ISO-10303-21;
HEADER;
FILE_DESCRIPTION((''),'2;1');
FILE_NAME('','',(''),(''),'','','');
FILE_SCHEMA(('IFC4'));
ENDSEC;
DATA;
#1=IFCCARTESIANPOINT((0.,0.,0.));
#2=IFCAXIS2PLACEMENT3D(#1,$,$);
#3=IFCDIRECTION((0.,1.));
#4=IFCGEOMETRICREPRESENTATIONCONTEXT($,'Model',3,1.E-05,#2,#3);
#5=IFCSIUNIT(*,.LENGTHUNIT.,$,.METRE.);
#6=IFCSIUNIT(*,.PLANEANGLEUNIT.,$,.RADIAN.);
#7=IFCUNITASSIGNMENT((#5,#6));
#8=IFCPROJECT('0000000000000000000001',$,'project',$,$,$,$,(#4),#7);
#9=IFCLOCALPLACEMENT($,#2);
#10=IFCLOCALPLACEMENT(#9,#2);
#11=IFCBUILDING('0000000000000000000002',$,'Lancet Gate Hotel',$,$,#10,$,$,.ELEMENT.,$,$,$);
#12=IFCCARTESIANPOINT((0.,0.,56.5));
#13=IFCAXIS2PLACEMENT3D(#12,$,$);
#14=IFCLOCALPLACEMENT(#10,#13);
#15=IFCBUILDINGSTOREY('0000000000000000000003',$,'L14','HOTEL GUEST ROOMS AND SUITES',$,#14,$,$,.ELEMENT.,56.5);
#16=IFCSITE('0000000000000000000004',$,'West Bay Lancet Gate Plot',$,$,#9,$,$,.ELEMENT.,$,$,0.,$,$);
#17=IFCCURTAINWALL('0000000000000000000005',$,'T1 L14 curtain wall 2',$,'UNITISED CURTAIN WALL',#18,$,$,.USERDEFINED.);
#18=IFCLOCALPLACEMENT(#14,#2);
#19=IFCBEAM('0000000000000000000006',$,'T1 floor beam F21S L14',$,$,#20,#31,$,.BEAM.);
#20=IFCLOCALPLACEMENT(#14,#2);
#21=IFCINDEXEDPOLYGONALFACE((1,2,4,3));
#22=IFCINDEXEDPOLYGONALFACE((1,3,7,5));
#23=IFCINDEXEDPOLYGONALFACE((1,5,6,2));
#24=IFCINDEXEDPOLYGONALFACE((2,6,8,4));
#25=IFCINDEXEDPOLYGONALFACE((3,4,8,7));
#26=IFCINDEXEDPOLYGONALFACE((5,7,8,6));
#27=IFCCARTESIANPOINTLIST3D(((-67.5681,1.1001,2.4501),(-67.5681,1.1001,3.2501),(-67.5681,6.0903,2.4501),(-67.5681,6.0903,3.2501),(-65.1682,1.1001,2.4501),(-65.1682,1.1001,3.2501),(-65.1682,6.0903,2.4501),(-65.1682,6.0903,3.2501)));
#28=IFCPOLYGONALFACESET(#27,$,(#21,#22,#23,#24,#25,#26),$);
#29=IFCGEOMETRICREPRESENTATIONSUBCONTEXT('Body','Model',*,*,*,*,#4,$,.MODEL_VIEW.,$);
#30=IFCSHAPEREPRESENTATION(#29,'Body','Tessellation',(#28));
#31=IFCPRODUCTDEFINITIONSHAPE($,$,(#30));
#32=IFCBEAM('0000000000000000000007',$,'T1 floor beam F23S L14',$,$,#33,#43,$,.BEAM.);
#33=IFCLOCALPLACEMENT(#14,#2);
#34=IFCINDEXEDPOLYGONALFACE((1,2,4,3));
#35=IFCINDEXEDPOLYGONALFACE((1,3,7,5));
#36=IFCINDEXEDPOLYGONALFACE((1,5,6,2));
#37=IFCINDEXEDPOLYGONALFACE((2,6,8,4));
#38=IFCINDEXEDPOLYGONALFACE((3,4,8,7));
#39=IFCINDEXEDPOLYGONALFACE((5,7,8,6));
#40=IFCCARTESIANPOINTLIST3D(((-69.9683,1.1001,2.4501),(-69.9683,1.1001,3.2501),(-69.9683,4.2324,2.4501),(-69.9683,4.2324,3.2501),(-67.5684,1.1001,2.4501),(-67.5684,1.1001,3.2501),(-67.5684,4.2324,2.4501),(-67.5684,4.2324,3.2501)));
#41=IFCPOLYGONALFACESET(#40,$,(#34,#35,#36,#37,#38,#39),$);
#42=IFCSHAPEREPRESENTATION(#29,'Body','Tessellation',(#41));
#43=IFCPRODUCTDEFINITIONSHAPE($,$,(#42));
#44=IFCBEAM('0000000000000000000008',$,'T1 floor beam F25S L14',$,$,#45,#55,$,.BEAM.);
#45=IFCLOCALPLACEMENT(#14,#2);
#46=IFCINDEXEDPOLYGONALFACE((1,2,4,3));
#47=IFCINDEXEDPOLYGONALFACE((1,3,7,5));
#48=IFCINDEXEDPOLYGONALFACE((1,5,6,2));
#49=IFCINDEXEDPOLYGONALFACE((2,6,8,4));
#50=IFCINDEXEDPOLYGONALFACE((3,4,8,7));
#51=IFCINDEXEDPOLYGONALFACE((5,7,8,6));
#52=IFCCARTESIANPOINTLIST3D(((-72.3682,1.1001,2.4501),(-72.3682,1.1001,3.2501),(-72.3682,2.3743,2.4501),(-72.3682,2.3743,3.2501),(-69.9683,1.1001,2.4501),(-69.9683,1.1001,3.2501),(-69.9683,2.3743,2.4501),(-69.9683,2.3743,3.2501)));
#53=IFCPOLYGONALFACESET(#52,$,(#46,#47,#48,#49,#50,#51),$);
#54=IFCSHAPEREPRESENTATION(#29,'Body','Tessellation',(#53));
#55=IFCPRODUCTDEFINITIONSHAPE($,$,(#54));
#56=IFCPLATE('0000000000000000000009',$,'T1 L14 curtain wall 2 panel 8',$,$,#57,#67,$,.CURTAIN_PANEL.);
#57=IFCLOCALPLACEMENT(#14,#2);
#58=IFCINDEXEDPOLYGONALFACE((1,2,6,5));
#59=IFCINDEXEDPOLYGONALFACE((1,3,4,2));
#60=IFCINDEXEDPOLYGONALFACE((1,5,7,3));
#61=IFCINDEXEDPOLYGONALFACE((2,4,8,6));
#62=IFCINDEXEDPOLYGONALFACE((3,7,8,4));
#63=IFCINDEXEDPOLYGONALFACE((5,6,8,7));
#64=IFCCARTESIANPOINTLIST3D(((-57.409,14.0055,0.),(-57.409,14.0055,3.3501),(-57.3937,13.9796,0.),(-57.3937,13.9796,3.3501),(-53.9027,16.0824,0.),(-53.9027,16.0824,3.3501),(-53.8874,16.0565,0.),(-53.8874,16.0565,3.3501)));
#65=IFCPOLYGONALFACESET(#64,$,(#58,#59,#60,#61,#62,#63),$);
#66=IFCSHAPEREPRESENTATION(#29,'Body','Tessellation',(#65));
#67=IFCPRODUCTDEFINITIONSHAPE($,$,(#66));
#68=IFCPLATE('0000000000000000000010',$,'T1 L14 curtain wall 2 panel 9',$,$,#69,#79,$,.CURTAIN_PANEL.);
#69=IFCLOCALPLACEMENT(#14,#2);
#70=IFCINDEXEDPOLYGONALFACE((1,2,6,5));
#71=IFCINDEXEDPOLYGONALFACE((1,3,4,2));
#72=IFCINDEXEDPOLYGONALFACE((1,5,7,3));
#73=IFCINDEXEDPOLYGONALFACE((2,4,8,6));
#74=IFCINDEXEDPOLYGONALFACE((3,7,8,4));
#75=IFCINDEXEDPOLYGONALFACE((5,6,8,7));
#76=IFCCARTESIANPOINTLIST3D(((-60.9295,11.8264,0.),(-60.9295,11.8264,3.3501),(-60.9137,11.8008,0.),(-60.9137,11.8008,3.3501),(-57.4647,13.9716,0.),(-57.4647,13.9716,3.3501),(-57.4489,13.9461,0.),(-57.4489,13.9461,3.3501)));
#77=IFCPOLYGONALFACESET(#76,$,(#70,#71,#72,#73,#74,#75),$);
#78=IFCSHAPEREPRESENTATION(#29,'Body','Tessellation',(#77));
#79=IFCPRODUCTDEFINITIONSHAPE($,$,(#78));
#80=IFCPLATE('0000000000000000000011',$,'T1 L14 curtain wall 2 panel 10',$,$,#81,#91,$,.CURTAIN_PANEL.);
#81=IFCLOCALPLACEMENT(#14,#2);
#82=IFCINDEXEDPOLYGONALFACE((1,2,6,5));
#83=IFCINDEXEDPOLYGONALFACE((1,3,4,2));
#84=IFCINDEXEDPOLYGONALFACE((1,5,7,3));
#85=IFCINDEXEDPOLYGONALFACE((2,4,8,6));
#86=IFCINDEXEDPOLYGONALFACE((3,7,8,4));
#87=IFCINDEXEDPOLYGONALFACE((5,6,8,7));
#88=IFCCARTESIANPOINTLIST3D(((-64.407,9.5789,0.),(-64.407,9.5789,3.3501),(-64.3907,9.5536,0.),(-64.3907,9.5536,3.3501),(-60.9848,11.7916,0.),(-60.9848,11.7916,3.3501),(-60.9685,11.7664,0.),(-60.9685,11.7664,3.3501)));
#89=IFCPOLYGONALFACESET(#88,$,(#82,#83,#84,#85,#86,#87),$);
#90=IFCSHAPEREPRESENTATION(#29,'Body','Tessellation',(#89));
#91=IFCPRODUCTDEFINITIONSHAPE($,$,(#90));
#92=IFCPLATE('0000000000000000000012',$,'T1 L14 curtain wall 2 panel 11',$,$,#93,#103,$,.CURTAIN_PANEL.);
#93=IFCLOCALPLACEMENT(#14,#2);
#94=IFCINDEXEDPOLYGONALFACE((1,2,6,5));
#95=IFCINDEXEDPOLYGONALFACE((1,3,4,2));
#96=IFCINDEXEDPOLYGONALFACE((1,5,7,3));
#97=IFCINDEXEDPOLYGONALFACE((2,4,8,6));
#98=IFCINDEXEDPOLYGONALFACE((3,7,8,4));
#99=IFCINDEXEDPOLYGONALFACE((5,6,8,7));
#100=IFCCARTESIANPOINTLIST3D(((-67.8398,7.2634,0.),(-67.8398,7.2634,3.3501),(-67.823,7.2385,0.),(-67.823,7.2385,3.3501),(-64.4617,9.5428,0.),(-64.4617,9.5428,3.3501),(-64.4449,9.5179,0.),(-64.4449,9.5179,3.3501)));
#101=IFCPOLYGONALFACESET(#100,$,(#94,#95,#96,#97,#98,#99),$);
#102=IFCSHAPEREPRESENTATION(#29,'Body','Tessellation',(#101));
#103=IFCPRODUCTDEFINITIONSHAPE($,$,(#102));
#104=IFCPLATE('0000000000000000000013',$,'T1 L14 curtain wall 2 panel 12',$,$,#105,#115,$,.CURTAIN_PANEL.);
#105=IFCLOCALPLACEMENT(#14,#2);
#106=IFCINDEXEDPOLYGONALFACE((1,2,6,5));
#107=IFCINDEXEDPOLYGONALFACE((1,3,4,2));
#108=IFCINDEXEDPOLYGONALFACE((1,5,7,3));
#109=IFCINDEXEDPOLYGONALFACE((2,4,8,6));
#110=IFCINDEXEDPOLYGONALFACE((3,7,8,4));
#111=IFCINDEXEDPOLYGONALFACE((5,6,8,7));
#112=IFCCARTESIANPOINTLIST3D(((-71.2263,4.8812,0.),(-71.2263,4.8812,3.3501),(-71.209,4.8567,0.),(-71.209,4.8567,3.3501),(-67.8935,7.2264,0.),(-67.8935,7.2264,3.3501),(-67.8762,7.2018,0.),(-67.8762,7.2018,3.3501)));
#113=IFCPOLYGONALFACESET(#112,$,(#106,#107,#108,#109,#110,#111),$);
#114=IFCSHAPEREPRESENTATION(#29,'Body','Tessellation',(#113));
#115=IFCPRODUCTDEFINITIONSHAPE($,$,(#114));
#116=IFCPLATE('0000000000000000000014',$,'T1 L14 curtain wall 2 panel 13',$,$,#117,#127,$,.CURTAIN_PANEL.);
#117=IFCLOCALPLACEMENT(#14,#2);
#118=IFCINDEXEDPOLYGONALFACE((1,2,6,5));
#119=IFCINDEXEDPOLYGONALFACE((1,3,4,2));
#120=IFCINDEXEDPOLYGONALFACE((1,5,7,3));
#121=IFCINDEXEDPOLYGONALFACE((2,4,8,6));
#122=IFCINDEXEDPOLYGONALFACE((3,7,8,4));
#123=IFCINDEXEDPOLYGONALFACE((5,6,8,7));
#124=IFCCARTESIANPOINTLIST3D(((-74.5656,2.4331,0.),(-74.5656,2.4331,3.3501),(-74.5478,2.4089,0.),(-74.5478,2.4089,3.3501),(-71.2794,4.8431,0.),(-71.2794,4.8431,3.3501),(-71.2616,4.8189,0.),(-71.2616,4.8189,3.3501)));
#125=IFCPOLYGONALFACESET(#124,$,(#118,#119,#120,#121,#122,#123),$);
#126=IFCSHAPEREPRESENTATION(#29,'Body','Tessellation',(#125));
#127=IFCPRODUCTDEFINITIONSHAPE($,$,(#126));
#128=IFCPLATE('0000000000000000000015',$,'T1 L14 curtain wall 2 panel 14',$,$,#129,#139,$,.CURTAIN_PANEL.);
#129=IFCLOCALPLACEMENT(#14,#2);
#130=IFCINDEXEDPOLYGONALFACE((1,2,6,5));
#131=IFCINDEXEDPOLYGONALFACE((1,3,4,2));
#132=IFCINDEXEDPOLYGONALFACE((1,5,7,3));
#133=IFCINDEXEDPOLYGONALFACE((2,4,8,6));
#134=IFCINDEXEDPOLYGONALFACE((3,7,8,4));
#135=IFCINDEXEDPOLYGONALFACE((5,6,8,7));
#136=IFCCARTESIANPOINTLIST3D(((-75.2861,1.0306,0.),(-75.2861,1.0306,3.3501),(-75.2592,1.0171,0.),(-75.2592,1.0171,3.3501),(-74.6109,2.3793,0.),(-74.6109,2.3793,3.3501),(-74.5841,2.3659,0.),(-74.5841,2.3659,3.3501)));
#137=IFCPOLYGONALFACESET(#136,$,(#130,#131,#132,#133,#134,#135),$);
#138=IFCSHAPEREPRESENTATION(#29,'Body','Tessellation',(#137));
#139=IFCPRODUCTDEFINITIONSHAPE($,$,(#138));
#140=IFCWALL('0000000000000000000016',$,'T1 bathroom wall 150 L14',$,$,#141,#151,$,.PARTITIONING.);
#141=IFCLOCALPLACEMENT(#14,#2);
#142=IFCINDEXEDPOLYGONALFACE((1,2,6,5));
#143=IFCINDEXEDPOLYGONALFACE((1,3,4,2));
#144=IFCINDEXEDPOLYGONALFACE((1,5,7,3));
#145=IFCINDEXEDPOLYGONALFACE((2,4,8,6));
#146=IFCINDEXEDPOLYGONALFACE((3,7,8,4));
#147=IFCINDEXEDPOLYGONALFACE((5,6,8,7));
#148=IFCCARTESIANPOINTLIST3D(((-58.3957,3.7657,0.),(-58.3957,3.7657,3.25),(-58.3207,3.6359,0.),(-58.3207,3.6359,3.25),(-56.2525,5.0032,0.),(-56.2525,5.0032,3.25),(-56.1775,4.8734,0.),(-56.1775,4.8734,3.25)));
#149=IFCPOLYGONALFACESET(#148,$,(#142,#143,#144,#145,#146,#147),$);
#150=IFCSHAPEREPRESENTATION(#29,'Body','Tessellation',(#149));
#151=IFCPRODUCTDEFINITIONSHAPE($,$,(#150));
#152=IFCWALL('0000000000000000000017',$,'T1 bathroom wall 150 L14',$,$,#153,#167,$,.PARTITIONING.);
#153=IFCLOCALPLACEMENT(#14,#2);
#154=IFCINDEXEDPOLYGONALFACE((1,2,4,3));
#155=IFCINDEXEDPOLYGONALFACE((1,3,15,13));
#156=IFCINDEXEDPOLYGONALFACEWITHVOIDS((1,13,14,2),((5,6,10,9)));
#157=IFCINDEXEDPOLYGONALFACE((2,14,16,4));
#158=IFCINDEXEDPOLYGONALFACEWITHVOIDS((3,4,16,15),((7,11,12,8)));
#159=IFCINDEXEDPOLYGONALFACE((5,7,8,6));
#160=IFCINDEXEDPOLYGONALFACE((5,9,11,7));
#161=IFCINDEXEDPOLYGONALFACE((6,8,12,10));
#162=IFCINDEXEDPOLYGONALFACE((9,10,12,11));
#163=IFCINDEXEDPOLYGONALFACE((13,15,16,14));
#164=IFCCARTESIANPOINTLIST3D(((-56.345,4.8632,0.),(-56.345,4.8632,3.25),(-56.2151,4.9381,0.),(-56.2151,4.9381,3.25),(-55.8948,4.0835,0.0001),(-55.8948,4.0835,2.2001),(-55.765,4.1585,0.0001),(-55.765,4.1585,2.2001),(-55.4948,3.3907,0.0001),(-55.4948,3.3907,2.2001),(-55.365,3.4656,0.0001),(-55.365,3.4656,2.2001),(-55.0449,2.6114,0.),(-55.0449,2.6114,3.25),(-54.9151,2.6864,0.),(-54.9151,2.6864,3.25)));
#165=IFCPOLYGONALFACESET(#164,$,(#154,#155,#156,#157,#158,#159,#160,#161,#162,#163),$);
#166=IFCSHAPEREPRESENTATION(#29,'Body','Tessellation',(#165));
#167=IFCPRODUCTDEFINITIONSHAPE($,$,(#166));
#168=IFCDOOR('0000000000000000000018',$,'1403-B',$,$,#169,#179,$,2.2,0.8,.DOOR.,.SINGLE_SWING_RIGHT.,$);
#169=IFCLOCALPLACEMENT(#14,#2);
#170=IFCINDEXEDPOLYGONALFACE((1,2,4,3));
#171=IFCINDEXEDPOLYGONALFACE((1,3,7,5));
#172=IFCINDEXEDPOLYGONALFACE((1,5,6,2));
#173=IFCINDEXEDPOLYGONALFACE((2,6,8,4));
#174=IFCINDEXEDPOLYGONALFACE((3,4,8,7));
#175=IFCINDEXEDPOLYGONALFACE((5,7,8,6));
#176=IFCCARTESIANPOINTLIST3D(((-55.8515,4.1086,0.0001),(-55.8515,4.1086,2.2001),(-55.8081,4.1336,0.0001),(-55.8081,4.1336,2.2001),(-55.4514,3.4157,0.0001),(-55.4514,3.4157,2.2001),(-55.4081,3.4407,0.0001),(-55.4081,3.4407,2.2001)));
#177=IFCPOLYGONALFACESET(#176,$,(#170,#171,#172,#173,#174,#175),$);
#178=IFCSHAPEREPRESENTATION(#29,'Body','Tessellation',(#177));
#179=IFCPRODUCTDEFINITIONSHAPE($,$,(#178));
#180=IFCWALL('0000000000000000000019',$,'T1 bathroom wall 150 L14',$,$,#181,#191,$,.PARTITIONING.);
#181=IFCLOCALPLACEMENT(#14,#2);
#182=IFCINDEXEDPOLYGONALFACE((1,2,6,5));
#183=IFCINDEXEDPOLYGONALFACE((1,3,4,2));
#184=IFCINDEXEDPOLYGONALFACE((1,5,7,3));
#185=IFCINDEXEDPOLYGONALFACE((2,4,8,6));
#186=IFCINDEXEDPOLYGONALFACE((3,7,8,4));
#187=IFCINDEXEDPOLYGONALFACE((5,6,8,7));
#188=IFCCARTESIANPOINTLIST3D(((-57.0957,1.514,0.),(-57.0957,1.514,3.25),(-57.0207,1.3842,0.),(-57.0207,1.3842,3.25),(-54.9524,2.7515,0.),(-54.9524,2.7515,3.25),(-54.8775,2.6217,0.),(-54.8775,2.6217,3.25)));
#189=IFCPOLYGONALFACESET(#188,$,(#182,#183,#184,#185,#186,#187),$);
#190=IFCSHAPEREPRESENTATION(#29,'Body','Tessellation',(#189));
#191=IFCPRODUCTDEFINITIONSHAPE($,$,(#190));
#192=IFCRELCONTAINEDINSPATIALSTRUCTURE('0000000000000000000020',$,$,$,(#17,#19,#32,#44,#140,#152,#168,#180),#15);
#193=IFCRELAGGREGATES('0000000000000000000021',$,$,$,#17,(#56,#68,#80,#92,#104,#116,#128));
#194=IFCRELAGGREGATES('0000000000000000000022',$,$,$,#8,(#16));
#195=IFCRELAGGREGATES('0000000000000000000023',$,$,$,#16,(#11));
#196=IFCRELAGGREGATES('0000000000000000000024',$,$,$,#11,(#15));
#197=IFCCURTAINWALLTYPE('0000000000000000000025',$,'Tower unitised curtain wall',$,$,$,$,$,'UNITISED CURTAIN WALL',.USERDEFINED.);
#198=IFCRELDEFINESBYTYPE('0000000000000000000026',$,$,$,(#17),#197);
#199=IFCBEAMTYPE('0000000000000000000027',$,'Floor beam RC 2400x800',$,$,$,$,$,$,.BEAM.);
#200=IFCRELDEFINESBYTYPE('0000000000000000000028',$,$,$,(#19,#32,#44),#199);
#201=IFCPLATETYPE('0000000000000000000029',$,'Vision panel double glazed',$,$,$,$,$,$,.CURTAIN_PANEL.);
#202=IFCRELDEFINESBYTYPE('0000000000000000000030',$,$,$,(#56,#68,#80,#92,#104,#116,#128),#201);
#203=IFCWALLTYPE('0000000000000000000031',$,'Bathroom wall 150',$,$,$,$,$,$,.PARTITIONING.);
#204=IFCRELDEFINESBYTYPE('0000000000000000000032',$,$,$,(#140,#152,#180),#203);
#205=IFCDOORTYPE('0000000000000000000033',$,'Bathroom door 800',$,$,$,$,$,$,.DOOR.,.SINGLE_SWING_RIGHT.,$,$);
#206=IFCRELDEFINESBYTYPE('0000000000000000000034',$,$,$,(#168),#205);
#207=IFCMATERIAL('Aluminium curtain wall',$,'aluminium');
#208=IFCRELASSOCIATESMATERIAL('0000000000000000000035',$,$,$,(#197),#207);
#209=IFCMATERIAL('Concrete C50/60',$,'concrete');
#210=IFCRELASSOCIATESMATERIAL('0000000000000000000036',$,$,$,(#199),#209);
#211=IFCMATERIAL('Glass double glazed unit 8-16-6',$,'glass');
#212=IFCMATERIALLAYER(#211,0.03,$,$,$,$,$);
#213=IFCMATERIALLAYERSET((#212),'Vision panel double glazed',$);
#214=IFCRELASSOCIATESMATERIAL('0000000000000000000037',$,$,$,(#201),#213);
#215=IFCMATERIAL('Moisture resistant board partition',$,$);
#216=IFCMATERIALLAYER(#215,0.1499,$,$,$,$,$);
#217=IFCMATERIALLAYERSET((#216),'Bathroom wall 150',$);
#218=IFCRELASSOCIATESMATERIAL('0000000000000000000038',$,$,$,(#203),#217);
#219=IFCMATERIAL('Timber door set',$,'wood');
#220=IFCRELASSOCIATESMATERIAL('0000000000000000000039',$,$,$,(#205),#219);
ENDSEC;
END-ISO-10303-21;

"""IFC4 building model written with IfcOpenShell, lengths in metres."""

from ifc_helpers import new_model, si_unit, direction, frame, frame_2d, origin, origin_2d, place, context, subcontext, project, spatial, rectangle, extrude, material, layer, layer_set, material_profile, profile_set, type_object, element, fill, aggregate, save


model = new_model("IFC4")

# Units and contexts
model_context = context("Model", 3, precision=1e-05, world=origin(), true_north=direction((0.0, 1.0)))
body_context = subcontext(model_context, "Body", "Model", "MODEL_VIEW")
ifc_project = project(units=[si_unit("LENGTHUNIT", "METRE"), si_unit("PLANEANGLEUNIT", "RADIAN")], contexts=[model_context])

# Site, building, storey
site_placement = place(None, origin())
site = spatial("IfcSite", under=ifc_project, at=site_placement, Name="West Bay Lancet Gate Plot", CompositionType="ELEMENT", RefElevation=0.0)
building_placement = place(site_placement, origin())
building = spatial("IfcBuilding", under=site, at=building_placement, Name="Lancet Gate Hotel", CompositionType="ELEMENT")
storey_placement = place(building_placement, frame((0.0, 0.0, 56.5)))
storey = spatial("IfcBuildingStorey", under=building, at=storey_placement, Name="L14", Description="HOTEL GUEST ROOMS AND SUITES", CompositionType="ELEMENT", Elevation=56.5)

# Curtain wall
ifc_material_1 = material(Name="Aluminium curtain wall", Category="aluminium")
curtain_wall_type = type_object("IfcCurtainWallType", Name="Tower unitised curtain wall", ElementType="UNITISED CURTAIN WALL", PredefinedType="USERDEFINED", material=ifc_material_1)
curtain_wall_placement = place(storey_placement, origin())
curtain_wall = element("IfcCurtainWall", 1, at=curtain_wall_placement, inside=storey, type_object=curtain_wall_type, Name="T1 L14 curtain wall 2", ObjectType="UNITISED CURTAIN WALL", PredefinedType="USERDEFINED")

# Beams
ifc_material_2 = material(Name="Concrete C50/60", Category="concrete")
ifc_material_profile_1 = material_profile(ifc_material_2, rectangle(XDim=2.3999, YDim=0.8, at=origin_2d()), Name="RC 2400x800")
ifc_profile_set_1 = profile_set([ifc_material_profile_1], Name="Concrete C50/60")
beam_type_1 = type_object("IfcBeamType", Name="Floor beam RC 2400x800", PredefinedType="BEAM", material=ifc_profile_set_1)
beam_1_placement = place(storey_placement, frame((-66.3682, 6.0903, 2.8501), z_axis=(0.0, -1.0, 0.0), x_axis=(1.0, 0.0, 0.0)))
element("IfcBeam", 2, at=beam_1_placement, inside=storey, type_object=beam_type_1, Name="T1 floor beam F21S L14", PredefinedType="BEAM", context=body_context, shape_type="SweptSolid", body=[
    extrude(rectangle(XDim=2.3999, YDim=0.8, at=origin_2d()), origin(), (0.0, 0.0, 1.0), 4.9902),
])
beam_2_placement = place(storey_placement, frame((-68.7683, 4.2324, 2.8501), z_axis=(0.0, -1.0, 0.0), x_axis=(1.0, 0.0, 0.0)))
element("IfcBeam", 3, at=beam_2_placement, inside=storey, type_object=beam_type_1, Name="T1 floor beam F23S L14", PredefinedType="BEAM", context=body_context, shape_type="SweptSolid", body=[
    extrude(rectangle(XDim=2.3999, YDim=0.8, at=origin_2d()), origin(), (0.0, 0.0, 1.0), 3.1323),
])
beam_3_placement = place(storey_placement, frame((-71.1682, 2.3743, 2.8501), z_axis=(0.0, -1.0, 0.0), x_axis=(1.0, 0.0, 0.0)))
element("IfcBeam", 4, at=beam_3_placement, inside=storey, type_object=beam_type_1, Name="T1 floor beam F25S L14", PredefinedType="BEAM", context=body_context, shape_type="SweptSolid", body=[
    extrude(rectangle(XDim=2.3999, YDim=0.8, at=origin_2d()), origin(), (0.0, 0.0, 1.0), 1.2742),
])

# Plates
ifc_material_3 = material(Name="Glass double glazed unit 8-16-6", Category="glass")
ifc_layer_1 = layer(ifc_material_3, 0.03)
ifc_layer_set_1 = layer_set([ifc_layer_1], Name="Vision panel double glazed")
plate_type = type_object("IfcPlateType", Name="Vision panel double glazed", PredefinedType="CURTAIN_PANEL", material=ifc_layer_set_1)
plate_1_placement = place(storey_placement, frame((-55.6482, 15.031, 0.0), z_axis=(0.0, 0.0, 1.0), x_axis=(-0.860382, -0.50965, 0.0)))
plate_1 = element("IfcPlate", 5, at=plate_1_placement, type_object=plate_type, Name="T1 L14 curtain wall 2 panel 8", PredefinedType="CURTAIN_PANEL", context=body_context, shape_type="SweptSolid", body=[
    extrude(rectangle(XDim=4.0752, YDim=0.03, at=origin_2d()), origin(), (0.0, 0.0, 1.0), 3.3501),
])
plate_2_placement = place(storey_placement, frame((-59.1892, 12.8862, 0.0), z_axis=(0.0, 0.0, 1.0), x_axis=(-0.850229, -0.526414, 0.0)))
plate_2 = element("IfcPlate", 6, at=plate_2_placement, type_object=plate_type, Name="T1 L14 curtain wall 2 panel 9", PredefinedType="CURTAIN_PANEL", context=body_context, shape_type="SweptSolid", body=[
    extrude(rectangle(XDim=4.0752, YDim=0.03, at=origin_2d()), origin(), (0.0, 0.0, 1.0), 3.3501),
])
plate_3_placement = place(storey_placement, frame((-62.6877, 10.6726, 0.0), z_axis=(0.0, 0.0, 1.0), x_axis=(-0.839749, -0.542975, 0.0)))
plate_3 = element("IfcPlate", 7, at=plate_3_placement, type_object=plate_type, Name="T1 L14 curtain wall 2 panel 10", PredefinedType="CURTAIN_PANEL", context=body_context, shape_type="SweptSolid", body=[
    extrude(rectangle(XDim=4.0752, YDim=0.03, at=origin_2d()), origin(), (0.0, 0.0, 1.0), 3.3501),
])
plate_4_placement = place(storey_placement, frame((-66.1423, 8.3906, 0.0), z_axis=(0.0, 0.0, 1.0), x_axis=(-0.828946, -0.559329, 0.0)))
plate_4 = element("IfcPlate", 8, at=plate_4_placement, type_object=plate_type, Name="T1 L14 curtain wall 2 panel 11", PredefinedType="CURTAIN_PANEL", context=body_context, shape_type="SweptSolid", body=[
    extrude(rectangle(XDim=4.0752, YDim=0.03, at=origin_2d()), origin(), (0.0, 0.0, 1.0), 3.3501),
])
plate_5_placement = place(storey_placement, frame((-69.5513, 6.0415, 0.0), z_axis=(0.0, 0.0, 1.0), x_axis=(-0.817825, -0.575467, 0.0)))
plate_5 = element("IfcPlate", 9, at=plate_5_placement, type_object=plate_type, Name="T1 L14 curtain wall 2 panel 12", PredefinedType="CURTAIN_PANEL", context=body_context, shape_type="SweptSolid", body=[
    extrude(rectangle(XDim=4.0752, YDim=0.03, at=origin_2d()), origin(), (0.0, 0.0, 1.0), 3.3501),
])
plate_6_placement = place(storey_placement, frame((-72.9136, 3.626, 0.0), z_axis=(0.0, 0.0, 1.0), x_axis=(-0.80639, -0.591384, 0.0)))
plate_6 = element("IfcPlate", 10, at=plate_6_placement, type_object=plate_type, Name="T1 L14 curtain wall 2 panel 13", PredefinedType="CURTAIN_PANEL", context=body_context, shape_type="SweptSolid", body=[
    extrude(rectangle(XDim=4.0752, YDim=0.03, at=origin_2d()), origin(), (0.0, 0.0, 1.0), 3.3501),
])
plate_7_placement = place(storey_placement, frame((-74.9351, 1.6982, 0.0), z_axis=(0.0, 0.0, 1.0), x_axis=(-0.447628, -0.89422, 0.0)))
plate_7 = element("IfcPlate", 11, at=plate_7_placement, type_object=plate_type, Name="T1 L14 curtain wall 2 panel 14", PredefinedType="CURTAIN_PANEL", context=body_context, shape_type="SweptSolid", body=[
    extrude(rectangle(XDim=1.5083, YDim=0.03, at=origin_2d()), origin(), (0.0, 0.0, 1.0), 3.3501),
])
aggregate(curtain_wall, [plate_1, plate_2, plate_3, plate_4, plate_5, plate_6, plate_7])

# Wall
ifc_material_4 = material(Name="Moisture resistant board partition")
ifc_layer_2 = layer(ifc_material_4, 0.1499)
ifc_layer_set_2 = layer_set([ifc_layer_2], Name="Bathroom wall 150")
wall_type = type_object("IfcWallType", Name="Bathroom wall 150", PredefinedType="PARTITIONING", material=ifc_layer_set_2)
wall_1_placement = place(storey_placement, frame((-56.2151, 4.9382, 0.0), z_axis=(0.0, 0.0, 1.0), x_axis=(-0.866007, -0.500033, 0.0)))
element("IfcWall", 12, at=wall_1_placement, inside=storey, type_object=wall_type, Name="T1 bathroom wall 150 L14", PredefinedType="PARTITIONING", context=body_context, shape_type="SweptSolid", body=[
    extrude(rectangle(XDim=2.4749, YDim=0.1499, at=frame_2d((1.2373, 0.0))), origin(), (0.0, 0.0, 1.0), 3.25),
])

# Wall, opening, door
wall_2_placement = place(storey_placement, frame((-54.98, 2.6489, 0.0), z_axis=(0.0, 0.0, 1.0), x_axis=(-0.500007, 0.866021, 0.0)))
wall_2 = element("IfcWall", 13, at=wall_2_placement, inside=storey, type_object=wall_type, Name="T1 bathroom wall 150 L14", PredefinedType="PARTITIONING", context=body_context, shape_type="SweptSolid", body=[
    extrude(rectangle(XDim=2.6001, YDim=0.1499, at=frame_2d((1.3, 0.0))), origin(), (0.0, 0.0, 1.0), 3.25),
])
opening_placement = place(wall_2_placement, frame((0.8999, 0.0, 0.0)))
opening = element("IfcOpeningElement", 14, at=opening_placement, cuts=wall_2, PredefinedType="OPENING", context=body_context, shape_type="SweptSolid", body=[
    extrude(rectangle(XDim=0.8, YDim=2.2, at=frame_2d((0.3999, 1.1001))), frame((0.0, 0.085, 0.0), z_axis=(0.0, -1.0, 0.0), x_axis=(1.0, 0.0, 0.0)), (0.0, 0.0, 1.0), 0.1699),
])
ifc_material_5 = material(Name="Timber door set", Category="wood")
door_type = type_object("IfcDoorType", Name="Bathroom door 800", OperationType="SINGLE_SWING_RIGHT", PredefinedType="DOOR", material=ifc_material_5)
door_placement = place(opening_placement, origin())
door = element("IfcDoor", 15, at=door_placement, inside=storey, type_object=door_type, Name="1403-B", OperationType="SINGLE_SWING_RIGHT", OverallHeight=2.2, OverallWidth=0.8, PredefinedType="DOOR", context=body_context, shape_type="SweptSolid", body=[
    extrude(rectangle(XDim=0.8, YDim=2.2, at=frame_2d((0.3999, 1.1001))), frame((0.0, 0.0249, 0.0), z_axis=(0.0, -1.0, 0.0), x_axis=(1.0, 0.0, 0.0)), (0.0, 0.0, 1.0), 0.05),
])
fill(opening, door)

# Wall
wall_3_placement = place(storey_placement, frame((-54.915, 2.6865, 0.0), z_axis=(0.0, 0.0, 1.0), x_axis=(-0.866007, -0.500033, 0.0)))
element("IfcWall", 16, at=wall_3_placement, inside=storey, type_object=wall_type, Name="T1 bathroom wall 150 L14", PredefinedType="PARTITIONING", context=body_context, shape_type="SweptSolid", body=[
    extrude(rectangle(XDim=2.4749, YDim=0.1499, at=frame_2d((1.2373, 0.0))), origin(), (0.0, 0.0, 1.0), 3.25),
])

save(model, "model.ifc")
